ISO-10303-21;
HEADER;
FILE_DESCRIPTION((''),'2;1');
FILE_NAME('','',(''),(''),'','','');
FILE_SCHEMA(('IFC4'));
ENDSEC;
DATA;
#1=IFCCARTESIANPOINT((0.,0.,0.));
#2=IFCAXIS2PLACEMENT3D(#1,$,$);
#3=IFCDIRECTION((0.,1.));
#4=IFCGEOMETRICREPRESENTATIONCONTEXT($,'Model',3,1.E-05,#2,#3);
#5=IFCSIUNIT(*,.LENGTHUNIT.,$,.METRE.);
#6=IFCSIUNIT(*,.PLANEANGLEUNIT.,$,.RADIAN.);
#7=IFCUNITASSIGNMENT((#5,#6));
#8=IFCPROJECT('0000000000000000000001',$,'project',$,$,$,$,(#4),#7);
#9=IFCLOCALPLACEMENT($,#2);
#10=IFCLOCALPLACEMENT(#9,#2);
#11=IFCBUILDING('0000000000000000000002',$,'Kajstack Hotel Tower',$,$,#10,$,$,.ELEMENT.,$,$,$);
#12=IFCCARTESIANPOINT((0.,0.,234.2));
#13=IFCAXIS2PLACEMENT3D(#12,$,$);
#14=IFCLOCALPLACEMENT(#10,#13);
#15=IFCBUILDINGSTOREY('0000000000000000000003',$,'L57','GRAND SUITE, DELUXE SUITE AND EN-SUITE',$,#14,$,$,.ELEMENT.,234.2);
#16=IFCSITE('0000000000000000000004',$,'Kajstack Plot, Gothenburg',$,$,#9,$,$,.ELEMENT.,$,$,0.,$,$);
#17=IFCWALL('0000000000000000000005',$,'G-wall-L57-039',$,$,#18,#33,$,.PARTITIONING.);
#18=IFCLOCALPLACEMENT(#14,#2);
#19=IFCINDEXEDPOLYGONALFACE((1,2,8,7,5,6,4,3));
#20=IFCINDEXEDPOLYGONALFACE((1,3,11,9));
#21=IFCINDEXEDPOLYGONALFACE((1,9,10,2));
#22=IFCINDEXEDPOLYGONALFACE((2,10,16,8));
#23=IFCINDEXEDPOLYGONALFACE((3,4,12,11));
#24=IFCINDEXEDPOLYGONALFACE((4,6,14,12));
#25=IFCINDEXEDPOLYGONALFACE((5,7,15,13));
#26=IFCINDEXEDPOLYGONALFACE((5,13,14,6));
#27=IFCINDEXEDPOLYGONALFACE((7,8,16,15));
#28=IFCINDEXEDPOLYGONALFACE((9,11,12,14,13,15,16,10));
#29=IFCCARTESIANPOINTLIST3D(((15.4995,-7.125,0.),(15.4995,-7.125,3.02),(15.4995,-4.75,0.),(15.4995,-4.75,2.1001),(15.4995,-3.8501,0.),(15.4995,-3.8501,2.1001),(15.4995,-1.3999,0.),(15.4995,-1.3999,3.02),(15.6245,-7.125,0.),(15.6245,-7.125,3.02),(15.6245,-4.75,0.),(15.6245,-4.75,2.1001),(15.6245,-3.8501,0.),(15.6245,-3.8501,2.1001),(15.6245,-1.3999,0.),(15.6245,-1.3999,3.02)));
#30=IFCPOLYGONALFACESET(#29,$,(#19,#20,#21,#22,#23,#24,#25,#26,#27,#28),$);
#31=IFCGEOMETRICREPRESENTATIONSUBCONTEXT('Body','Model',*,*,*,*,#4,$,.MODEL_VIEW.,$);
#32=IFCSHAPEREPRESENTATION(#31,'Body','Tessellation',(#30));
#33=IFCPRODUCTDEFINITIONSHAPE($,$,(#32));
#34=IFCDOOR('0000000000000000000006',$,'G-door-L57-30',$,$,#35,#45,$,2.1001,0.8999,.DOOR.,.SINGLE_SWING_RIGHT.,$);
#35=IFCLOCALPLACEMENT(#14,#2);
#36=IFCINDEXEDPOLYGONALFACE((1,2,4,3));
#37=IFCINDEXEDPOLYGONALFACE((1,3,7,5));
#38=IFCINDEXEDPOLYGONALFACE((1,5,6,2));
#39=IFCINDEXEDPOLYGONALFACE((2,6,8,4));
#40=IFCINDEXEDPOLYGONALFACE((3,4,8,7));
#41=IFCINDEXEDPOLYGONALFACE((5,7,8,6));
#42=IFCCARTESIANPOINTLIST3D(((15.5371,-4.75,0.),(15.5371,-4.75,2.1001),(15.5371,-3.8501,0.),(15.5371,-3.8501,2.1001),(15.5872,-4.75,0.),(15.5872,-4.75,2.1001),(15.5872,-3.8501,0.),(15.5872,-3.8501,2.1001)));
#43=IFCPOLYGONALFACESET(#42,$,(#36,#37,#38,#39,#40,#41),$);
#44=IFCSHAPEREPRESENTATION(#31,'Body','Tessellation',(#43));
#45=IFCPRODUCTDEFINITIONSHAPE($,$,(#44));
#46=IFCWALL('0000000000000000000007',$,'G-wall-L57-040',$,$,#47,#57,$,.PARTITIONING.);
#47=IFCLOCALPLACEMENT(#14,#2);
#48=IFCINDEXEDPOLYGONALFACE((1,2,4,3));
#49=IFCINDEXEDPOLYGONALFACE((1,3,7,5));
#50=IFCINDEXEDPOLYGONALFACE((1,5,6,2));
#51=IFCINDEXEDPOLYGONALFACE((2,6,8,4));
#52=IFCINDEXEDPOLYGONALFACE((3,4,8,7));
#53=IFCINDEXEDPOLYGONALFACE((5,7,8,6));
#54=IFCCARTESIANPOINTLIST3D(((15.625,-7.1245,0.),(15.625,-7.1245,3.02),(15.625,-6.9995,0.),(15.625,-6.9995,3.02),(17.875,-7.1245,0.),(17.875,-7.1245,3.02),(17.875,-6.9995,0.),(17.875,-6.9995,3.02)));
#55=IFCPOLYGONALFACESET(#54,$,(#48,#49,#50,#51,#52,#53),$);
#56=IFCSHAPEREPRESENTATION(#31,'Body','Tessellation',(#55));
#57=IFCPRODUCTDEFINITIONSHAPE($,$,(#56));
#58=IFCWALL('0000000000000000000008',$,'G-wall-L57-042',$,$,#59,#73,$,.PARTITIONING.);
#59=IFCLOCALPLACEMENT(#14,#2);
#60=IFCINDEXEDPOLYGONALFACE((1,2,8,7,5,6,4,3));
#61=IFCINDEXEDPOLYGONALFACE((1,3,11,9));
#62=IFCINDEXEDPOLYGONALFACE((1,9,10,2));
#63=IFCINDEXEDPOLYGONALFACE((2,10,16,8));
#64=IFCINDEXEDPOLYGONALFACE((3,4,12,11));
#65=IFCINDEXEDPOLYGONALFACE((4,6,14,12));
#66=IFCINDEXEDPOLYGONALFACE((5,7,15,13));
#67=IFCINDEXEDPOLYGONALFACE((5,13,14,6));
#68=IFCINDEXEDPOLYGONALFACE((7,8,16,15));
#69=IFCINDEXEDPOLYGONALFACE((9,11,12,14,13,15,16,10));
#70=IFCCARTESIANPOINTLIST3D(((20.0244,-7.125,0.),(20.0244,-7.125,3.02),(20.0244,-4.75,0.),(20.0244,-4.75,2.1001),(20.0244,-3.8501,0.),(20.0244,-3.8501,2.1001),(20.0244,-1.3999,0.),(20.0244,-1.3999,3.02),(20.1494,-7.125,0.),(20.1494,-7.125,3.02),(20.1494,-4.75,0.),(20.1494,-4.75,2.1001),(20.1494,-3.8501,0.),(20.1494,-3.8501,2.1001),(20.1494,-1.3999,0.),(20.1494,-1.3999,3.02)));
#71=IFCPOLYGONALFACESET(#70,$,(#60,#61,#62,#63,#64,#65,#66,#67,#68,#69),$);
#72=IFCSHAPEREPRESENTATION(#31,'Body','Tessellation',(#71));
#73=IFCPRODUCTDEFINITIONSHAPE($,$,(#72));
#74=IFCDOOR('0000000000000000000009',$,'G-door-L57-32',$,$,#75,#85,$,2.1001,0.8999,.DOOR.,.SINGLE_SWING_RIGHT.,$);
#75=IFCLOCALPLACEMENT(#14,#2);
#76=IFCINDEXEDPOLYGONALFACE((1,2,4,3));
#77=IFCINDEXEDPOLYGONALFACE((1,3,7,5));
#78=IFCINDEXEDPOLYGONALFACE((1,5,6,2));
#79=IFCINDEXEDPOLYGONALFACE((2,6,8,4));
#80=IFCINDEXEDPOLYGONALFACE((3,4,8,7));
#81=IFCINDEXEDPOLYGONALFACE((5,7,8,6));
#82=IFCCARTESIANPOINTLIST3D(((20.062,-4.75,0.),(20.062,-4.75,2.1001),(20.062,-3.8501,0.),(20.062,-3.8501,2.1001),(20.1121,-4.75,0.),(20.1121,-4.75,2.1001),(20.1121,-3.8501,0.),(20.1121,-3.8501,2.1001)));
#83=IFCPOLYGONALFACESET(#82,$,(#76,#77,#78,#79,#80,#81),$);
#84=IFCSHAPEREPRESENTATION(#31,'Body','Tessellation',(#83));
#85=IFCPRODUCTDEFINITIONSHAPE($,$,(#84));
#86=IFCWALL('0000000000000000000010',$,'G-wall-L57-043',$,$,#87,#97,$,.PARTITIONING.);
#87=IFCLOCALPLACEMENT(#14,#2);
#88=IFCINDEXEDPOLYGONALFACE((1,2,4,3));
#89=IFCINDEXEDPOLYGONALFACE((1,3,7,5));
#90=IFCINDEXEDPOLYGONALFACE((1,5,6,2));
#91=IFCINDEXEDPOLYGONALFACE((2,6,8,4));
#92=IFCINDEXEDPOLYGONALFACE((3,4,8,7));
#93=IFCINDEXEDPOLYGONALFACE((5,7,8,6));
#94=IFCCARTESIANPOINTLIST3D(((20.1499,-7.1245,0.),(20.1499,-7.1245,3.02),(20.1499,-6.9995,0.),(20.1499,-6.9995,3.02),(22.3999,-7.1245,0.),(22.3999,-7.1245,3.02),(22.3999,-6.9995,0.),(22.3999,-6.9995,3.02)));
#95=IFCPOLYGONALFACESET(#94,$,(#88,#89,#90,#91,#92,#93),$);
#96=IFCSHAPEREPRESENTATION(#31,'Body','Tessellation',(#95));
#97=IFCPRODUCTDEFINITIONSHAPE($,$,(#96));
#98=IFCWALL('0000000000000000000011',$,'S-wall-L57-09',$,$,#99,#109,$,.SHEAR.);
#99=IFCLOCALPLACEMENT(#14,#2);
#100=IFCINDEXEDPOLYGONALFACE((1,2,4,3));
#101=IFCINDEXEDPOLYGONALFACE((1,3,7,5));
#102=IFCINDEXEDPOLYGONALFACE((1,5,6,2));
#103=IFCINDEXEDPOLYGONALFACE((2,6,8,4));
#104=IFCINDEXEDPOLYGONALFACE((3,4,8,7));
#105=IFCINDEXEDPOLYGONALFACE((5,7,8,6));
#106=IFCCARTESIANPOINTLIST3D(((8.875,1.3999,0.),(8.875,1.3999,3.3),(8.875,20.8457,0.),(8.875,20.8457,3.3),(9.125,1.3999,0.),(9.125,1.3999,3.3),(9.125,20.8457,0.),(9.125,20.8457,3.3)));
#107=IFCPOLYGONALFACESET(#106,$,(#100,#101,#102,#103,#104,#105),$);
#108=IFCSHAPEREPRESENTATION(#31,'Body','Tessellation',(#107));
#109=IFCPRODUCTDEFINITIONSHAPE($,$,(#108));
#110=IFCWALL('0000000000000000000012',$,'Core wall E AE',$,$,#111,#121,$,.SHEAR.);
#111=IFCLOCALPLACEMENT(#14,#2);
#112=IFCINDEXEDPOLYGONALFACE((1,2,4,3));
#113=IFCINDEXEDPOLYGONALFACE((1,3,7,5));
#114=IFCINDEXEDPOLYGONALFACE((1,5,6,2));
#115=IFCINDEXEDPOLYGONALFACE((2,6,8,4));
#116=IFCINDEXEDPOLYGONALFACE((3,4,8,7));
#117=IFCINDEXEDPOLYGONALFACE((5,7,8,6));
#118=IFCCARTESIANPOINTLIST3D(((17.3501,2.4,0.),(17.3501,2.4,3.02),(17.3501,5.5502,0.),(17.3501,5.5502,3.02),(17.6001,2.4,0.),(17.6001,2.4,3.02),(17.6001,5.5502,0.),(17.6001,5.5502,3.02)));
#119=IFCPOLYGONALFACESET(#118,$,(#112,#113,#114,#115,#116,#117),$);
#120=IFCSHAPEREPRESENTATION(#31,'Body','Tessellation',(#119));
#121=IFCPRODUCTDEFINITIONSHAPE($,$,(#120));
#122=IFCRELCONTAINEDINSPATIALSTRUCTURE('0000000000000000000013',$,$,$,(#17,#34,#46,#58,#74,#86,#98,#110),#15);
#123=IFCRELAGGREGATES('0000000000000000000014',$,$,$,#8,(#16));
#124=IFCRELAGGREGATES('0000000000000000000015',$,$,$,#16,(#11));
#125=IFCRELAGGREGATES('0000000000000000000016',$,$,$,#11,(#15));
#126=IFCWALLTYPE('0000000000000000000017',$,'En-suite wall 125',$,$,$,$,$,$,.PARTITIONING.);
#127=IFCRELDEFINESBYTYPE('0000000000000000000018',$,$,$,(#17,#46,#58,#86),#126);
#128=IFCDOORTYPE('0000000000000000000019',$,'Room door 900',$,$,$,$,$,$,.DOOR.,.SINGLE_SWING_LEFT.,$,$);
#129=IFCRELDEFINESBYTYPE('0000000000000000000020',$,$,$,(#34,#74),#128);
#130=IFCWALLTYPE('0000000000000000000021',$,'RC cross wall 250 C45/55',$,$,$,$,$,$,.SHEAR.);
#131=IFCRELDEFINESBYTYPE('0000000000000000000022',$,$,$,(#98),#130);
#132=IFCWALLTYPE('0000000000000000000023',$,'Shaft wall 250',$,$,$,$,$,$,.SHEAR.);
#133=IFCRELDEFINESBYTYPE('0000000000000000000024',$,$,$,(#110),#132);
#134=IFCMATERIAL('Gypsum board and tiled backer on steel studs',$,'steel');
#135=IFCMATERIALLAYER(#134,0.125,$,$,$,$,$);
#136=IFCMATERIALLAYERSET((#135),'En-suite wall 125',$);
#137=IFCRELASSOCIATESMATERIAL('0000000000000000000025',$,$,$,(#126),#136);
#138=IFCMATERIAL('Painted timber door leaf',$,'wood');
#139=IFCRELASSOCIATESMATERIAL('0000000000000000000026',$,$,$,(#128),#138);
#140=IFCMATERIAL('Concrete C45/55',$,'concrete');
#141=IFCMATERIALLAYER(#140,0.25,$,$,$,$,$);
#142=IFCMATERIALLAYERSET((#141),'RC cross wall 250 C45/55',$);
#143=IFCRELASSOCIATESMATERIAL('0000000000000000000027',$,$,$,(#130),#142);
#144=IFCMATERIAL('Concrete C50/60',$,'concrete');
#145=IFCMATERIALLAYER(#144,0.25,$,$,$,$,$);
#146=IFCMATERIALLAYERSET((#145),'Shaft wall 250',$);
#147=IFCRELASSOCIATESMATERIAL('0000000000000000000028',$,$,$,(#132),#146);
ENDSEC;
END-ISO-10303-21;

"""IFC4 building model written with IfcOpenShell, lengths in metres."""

from ifc_helpers import new_model, si_unit, direction, frame, frame_2d, origin, place, context, subcontext, project, spatial, rectangle, extrude, material, layer, layer_set, type_object, element, fill, save


model = new_model("IFC4")

# Units and contexts
model_context = context("Model", 3, precision=1e-05, world=origin(), true_north=direction((0.0, 1.0)))
body_context = subcontext(model_context, "Body", "Model", "MODEL_VIEW")
ifc_project = project(units=[si_unit("LENGTHUNIT", "METRE"), si_unit("PLANEANGLEUNIT", "RADIAN")], contexts=[model_context])

# Site, building, storey
site_placement = place(None, origin())
site = spatial("IfcSite", under=ifc_project, at=site_placement, Name="Kajstack Plot, Gothenburg", CompositionType="ELEMENT", RefElevation=0.0)
building_placement = place(site_placement, origin())
building = spatial("IfcBuilding", under=site, at=building_placement, Name="Kajstack Hotel Tower", CompositionType="ELEMENT")
storey_placement = place(building_placement, frame((0.0, 0.0, 234.2)))
storey = spatial("IfcBuildingStorey", under=building, at=storey_placement, Name="L57", Description="GRAND SUITE, DELUXE SUITE AND EN-SUITE", CompositionType="ELEMENT", Elevation=234.2)

# Shared definitions
ifc_material_1 = material(Name="Gypsum board and tiled backer on steel studs", Category="steel")
ifc_layer_1 = layer(ifc_material_1, 0.125)
ifc_layer_set_1 = layer_set([ifc_layer_1], Name="En-suite wall 125")
wall_type_1 = type_object("IfcWallType", Name="En-suite wall 125", PredefinedType="PARTITIONING", material=ifc_layer_set_1)

# Wall, opening, door
wall_1_placement = place(storey_placement, frame((15.562, -7.125, 0.0), z_axis=(0.0, 0.0, 1.0), x_axis=(0.0, 1.0, 0.0)))
wall_1 = element("IfcWall", 1, at=wall_1_placement, inside=storey, type_object=wall_type_1, Name="G-wall-L57-039", PredefinedType="PARTITIONING", context=body_context, shape_type="SweptSolid", body=[
    extrude(rectangle(XDim=5.7251, YDim=0.125, at=frame_2d((2.8625, 0.0))), origin(), (0.0, 0.0, 1.0), 3.02),
])
opening_1_placement = place(wall_1_placement, frame((2.375, 0.0, 0.0)))
opening_1 = element("IfcOpeningElement", 2, at=opening_1_placement, cuts=wall_1, PredefinedType="OPENING", context=body_context, shape_type="SweptSolid", body=[
    extrude(rectangle(XDim=0.8999, YDim=2.1001, at=frame_2d((0.45, 1.05))), frame((0.0, 0.0725, 0.0), z_axis=(0.0, -1.0, 0.0), x_axis=(1.0, 0.0, 0.0)), (0.0, 0.0, 1.0), 0.145),
])
ifc_material_2 = material(Name="Painted timber door leaf", Category="wood")
door_type_1 = type_object("IfcDoorType", Name="Room door 900", OperationType="SINGLE_SWING_LEFT", PredefinedType="DOOR", material=ifc_material_2)
door_1_placement = place(opening_1_placement, origin())
door_1 = element("IfcDoor", 3, at=door_1_placement, inside=storey, type_object=door_type_1, Name="G-door-L57-30", OperationType="SINGLE_SWING_RIGHT", OverallHeight=2.1001, OverallWidth=0.8999, PredefinedType="DOOR", context=body_context, shape_type="SweptSolid", body=[
    extrude(rectangle(XDim=0.8999, YDim=2.1001, at=frame_2d((0.45, 1.05))), frame((0.0, 0.0249, 0.0), z_axis=(0.0, -1.0, 0.0), x_axis=(1.0, 0.0, 0.0)), (0.0, 0.0, 1.0), 0.05),
])
fill(opening_1, door_1)

# Wall
wall_2_placement = place(storey_placement, frame((15.625, -7.062, 0.0), z_axis=(0.0, 0.0, 1.0), x_axis=(1.0, 0.0, 0.0)))
element("IfcWall", 4, at=wall_2_placement, inside=storey, type_object=wall_type_1, Name="G-wall-L57-040", PredefinedType="PARTITIONING", context=body_context, shape_type="SweptSolid", body=[
    extrude(rectangle(XDim=2.25, YDim=0.125, at=frame_2d((1.125, 0.0))), origin(), (0.0, 0.0, 1.0), 3.02),
])

# Wall, opening, door
wall_3_placement = place(storey_placement, frame((20.0869, -7.125, 0.0), z_axis=(0.0, 0.0, 1.0), x_axis=(0.0, 1.0, 0.0)))
wall_3 = element("IfcWall", 5, at=wall_3_placement, inside=storey, type_object=wall_type_1, Name="G-wall-L57-042", PredefinedType="PARTITIONING", context=body_context, shape_type="SweptSolid", body=[
    extrude(rectangle(XDim=5.7251, YDim=0.125, at=frame_2d((2.8625, 0.0))), origin(), (0.0, 0.0, 1.0), 3.02),
])
opening_2_placement = place(wall_3_placement, frame((2.375, 0.0, 0.0)))
opening_2 = element("IfcOpeningElement", 6, at=opening_2_placement, cuts=wall_3, PredefinedType="OPENING", context=body_context, shape_type="SweptSolid", body=[
    extrude(rectangle(XDim=0.8999, YDim=2.1001, at=frame_2d((0.45, 1.05))), frame((0.0, 0.0725, 0.0), z_axis=(0.0, -1.0, 0.0), x_axis=(1.0, 0.0, 0.0)), (0.0, 0.0, 1.0), 0.145),
])
door_2_placement = place(opening_2_placement, origin())
door_2 = element("IfcDoor", 7, at=door_2_placement, inside=storey, type_object=door_type_1, Name="G-door-L57-32", OperationType="SINGLE_SWING_RIGHT", OverallHeight=2.1001, OverallWidth=0.8999, PredefinedType="DOOR", context=body_context, shape_type="SweptSolid", body=[
    extrude(rectangle(XDim=0.8999, YDim=2.1001, at=frame_2d((0.45, 1.05))), frame((0.0, 0.0249, 0.0), z_axis=(0.0, -1.0, 0.0), x_axis=(1.0, 0.0, 0.0)), (0.0, 0.0, 1.0), 0.05),
])
fill(opening_2, door_2)

# Walls
wall_4_placement = place(storey_placement, frame((20.1499, -7.062, 0.0), z_axis=(0.0, 0.0, 1.0), x_axis=(1.0, 0.0, 0.0)))
element("IfcWall", 8, at=wall_4_placement, inside=storey, type_object=wall_type_1, Name="G-wall-L57-043", PredefinedType="PARTITIONING", context=body_context, shape_type="SweptSolid", body=[
    extrude(rectangle(XDim=2.25, YDim=0.125, at=frame_2d((1.125, 0.0))), origin(), (0.0, 0.0, 1.0), 3.02),
])
ifc_material_3 = material(Name="Concrete C45/55", Category="concrete")
ifc_layer_2 = layer(ifc_material_3, 0.25)
ifc_layer_set_2 = layer_set([ifc_layer_2], Name="RC cross wall 250 C45/55")
wall_type_2 = type_object("IfcWallType", Name="RC cross wall 250 C45/55", PredefinedType="SHEAR", material=ifc_layer_set_2)
wall_5_placement = place(storey_placement, frame((9.0, 1.3999, 0.0), z_axis=(0.0, 0.0, 1.0), x_axis=(0.0, 1.0, 0.0)))
element("IfcWall", 9, at=wall_5_placement, inside=storey, type_object=wall_type_2, Name="S-wall-L57-09", PredefinedType="SHEAR", context=body_context, shape_type="SweptSolid", body=[
    extrude(rectangle(XDim=19.4458, YDim=0.25, at=frame_2d((9.7229, 0.0))), origin(), (0.0, 0.0, 1.0), 3.3),
])
ifc_material_4 = material(Name="Concrete C50/60", Category="concrete")
ifc_layer_3 = layer(ifc_material_4, 0.25)
ifc_layer_set_3 = layer_set([ifc_layer_3], Name="Shaft wall 250")
wall_type_3 = type_object("IfcWallType", Name="Shaft wall 250", PredefinedType="SHEAR", material=ifc_layer_set_3)
wall_6_placement = place(storey_placement, frame((17.4751, 2.3999, 0.0), z_axis=(0.0, 0.0, 1.0), x_axis=(0.0, 1.0, 0.0)))
element("IfcWall", 10, at=wall_6_placement, inside=storey, type_object=wall_type_3, Name="Core wall E AE", PredefinedType="SHEAR", context=body_context, shape_type="SweptSolid", body=[
    extrude(rectangle(XDim=3.1501, YDim=0.25, at=frame_2d((1.5752, 0.0))), origin(), (0.0, 0.0, 1.0), 3.02),
])

save(model, "model.ifc")
